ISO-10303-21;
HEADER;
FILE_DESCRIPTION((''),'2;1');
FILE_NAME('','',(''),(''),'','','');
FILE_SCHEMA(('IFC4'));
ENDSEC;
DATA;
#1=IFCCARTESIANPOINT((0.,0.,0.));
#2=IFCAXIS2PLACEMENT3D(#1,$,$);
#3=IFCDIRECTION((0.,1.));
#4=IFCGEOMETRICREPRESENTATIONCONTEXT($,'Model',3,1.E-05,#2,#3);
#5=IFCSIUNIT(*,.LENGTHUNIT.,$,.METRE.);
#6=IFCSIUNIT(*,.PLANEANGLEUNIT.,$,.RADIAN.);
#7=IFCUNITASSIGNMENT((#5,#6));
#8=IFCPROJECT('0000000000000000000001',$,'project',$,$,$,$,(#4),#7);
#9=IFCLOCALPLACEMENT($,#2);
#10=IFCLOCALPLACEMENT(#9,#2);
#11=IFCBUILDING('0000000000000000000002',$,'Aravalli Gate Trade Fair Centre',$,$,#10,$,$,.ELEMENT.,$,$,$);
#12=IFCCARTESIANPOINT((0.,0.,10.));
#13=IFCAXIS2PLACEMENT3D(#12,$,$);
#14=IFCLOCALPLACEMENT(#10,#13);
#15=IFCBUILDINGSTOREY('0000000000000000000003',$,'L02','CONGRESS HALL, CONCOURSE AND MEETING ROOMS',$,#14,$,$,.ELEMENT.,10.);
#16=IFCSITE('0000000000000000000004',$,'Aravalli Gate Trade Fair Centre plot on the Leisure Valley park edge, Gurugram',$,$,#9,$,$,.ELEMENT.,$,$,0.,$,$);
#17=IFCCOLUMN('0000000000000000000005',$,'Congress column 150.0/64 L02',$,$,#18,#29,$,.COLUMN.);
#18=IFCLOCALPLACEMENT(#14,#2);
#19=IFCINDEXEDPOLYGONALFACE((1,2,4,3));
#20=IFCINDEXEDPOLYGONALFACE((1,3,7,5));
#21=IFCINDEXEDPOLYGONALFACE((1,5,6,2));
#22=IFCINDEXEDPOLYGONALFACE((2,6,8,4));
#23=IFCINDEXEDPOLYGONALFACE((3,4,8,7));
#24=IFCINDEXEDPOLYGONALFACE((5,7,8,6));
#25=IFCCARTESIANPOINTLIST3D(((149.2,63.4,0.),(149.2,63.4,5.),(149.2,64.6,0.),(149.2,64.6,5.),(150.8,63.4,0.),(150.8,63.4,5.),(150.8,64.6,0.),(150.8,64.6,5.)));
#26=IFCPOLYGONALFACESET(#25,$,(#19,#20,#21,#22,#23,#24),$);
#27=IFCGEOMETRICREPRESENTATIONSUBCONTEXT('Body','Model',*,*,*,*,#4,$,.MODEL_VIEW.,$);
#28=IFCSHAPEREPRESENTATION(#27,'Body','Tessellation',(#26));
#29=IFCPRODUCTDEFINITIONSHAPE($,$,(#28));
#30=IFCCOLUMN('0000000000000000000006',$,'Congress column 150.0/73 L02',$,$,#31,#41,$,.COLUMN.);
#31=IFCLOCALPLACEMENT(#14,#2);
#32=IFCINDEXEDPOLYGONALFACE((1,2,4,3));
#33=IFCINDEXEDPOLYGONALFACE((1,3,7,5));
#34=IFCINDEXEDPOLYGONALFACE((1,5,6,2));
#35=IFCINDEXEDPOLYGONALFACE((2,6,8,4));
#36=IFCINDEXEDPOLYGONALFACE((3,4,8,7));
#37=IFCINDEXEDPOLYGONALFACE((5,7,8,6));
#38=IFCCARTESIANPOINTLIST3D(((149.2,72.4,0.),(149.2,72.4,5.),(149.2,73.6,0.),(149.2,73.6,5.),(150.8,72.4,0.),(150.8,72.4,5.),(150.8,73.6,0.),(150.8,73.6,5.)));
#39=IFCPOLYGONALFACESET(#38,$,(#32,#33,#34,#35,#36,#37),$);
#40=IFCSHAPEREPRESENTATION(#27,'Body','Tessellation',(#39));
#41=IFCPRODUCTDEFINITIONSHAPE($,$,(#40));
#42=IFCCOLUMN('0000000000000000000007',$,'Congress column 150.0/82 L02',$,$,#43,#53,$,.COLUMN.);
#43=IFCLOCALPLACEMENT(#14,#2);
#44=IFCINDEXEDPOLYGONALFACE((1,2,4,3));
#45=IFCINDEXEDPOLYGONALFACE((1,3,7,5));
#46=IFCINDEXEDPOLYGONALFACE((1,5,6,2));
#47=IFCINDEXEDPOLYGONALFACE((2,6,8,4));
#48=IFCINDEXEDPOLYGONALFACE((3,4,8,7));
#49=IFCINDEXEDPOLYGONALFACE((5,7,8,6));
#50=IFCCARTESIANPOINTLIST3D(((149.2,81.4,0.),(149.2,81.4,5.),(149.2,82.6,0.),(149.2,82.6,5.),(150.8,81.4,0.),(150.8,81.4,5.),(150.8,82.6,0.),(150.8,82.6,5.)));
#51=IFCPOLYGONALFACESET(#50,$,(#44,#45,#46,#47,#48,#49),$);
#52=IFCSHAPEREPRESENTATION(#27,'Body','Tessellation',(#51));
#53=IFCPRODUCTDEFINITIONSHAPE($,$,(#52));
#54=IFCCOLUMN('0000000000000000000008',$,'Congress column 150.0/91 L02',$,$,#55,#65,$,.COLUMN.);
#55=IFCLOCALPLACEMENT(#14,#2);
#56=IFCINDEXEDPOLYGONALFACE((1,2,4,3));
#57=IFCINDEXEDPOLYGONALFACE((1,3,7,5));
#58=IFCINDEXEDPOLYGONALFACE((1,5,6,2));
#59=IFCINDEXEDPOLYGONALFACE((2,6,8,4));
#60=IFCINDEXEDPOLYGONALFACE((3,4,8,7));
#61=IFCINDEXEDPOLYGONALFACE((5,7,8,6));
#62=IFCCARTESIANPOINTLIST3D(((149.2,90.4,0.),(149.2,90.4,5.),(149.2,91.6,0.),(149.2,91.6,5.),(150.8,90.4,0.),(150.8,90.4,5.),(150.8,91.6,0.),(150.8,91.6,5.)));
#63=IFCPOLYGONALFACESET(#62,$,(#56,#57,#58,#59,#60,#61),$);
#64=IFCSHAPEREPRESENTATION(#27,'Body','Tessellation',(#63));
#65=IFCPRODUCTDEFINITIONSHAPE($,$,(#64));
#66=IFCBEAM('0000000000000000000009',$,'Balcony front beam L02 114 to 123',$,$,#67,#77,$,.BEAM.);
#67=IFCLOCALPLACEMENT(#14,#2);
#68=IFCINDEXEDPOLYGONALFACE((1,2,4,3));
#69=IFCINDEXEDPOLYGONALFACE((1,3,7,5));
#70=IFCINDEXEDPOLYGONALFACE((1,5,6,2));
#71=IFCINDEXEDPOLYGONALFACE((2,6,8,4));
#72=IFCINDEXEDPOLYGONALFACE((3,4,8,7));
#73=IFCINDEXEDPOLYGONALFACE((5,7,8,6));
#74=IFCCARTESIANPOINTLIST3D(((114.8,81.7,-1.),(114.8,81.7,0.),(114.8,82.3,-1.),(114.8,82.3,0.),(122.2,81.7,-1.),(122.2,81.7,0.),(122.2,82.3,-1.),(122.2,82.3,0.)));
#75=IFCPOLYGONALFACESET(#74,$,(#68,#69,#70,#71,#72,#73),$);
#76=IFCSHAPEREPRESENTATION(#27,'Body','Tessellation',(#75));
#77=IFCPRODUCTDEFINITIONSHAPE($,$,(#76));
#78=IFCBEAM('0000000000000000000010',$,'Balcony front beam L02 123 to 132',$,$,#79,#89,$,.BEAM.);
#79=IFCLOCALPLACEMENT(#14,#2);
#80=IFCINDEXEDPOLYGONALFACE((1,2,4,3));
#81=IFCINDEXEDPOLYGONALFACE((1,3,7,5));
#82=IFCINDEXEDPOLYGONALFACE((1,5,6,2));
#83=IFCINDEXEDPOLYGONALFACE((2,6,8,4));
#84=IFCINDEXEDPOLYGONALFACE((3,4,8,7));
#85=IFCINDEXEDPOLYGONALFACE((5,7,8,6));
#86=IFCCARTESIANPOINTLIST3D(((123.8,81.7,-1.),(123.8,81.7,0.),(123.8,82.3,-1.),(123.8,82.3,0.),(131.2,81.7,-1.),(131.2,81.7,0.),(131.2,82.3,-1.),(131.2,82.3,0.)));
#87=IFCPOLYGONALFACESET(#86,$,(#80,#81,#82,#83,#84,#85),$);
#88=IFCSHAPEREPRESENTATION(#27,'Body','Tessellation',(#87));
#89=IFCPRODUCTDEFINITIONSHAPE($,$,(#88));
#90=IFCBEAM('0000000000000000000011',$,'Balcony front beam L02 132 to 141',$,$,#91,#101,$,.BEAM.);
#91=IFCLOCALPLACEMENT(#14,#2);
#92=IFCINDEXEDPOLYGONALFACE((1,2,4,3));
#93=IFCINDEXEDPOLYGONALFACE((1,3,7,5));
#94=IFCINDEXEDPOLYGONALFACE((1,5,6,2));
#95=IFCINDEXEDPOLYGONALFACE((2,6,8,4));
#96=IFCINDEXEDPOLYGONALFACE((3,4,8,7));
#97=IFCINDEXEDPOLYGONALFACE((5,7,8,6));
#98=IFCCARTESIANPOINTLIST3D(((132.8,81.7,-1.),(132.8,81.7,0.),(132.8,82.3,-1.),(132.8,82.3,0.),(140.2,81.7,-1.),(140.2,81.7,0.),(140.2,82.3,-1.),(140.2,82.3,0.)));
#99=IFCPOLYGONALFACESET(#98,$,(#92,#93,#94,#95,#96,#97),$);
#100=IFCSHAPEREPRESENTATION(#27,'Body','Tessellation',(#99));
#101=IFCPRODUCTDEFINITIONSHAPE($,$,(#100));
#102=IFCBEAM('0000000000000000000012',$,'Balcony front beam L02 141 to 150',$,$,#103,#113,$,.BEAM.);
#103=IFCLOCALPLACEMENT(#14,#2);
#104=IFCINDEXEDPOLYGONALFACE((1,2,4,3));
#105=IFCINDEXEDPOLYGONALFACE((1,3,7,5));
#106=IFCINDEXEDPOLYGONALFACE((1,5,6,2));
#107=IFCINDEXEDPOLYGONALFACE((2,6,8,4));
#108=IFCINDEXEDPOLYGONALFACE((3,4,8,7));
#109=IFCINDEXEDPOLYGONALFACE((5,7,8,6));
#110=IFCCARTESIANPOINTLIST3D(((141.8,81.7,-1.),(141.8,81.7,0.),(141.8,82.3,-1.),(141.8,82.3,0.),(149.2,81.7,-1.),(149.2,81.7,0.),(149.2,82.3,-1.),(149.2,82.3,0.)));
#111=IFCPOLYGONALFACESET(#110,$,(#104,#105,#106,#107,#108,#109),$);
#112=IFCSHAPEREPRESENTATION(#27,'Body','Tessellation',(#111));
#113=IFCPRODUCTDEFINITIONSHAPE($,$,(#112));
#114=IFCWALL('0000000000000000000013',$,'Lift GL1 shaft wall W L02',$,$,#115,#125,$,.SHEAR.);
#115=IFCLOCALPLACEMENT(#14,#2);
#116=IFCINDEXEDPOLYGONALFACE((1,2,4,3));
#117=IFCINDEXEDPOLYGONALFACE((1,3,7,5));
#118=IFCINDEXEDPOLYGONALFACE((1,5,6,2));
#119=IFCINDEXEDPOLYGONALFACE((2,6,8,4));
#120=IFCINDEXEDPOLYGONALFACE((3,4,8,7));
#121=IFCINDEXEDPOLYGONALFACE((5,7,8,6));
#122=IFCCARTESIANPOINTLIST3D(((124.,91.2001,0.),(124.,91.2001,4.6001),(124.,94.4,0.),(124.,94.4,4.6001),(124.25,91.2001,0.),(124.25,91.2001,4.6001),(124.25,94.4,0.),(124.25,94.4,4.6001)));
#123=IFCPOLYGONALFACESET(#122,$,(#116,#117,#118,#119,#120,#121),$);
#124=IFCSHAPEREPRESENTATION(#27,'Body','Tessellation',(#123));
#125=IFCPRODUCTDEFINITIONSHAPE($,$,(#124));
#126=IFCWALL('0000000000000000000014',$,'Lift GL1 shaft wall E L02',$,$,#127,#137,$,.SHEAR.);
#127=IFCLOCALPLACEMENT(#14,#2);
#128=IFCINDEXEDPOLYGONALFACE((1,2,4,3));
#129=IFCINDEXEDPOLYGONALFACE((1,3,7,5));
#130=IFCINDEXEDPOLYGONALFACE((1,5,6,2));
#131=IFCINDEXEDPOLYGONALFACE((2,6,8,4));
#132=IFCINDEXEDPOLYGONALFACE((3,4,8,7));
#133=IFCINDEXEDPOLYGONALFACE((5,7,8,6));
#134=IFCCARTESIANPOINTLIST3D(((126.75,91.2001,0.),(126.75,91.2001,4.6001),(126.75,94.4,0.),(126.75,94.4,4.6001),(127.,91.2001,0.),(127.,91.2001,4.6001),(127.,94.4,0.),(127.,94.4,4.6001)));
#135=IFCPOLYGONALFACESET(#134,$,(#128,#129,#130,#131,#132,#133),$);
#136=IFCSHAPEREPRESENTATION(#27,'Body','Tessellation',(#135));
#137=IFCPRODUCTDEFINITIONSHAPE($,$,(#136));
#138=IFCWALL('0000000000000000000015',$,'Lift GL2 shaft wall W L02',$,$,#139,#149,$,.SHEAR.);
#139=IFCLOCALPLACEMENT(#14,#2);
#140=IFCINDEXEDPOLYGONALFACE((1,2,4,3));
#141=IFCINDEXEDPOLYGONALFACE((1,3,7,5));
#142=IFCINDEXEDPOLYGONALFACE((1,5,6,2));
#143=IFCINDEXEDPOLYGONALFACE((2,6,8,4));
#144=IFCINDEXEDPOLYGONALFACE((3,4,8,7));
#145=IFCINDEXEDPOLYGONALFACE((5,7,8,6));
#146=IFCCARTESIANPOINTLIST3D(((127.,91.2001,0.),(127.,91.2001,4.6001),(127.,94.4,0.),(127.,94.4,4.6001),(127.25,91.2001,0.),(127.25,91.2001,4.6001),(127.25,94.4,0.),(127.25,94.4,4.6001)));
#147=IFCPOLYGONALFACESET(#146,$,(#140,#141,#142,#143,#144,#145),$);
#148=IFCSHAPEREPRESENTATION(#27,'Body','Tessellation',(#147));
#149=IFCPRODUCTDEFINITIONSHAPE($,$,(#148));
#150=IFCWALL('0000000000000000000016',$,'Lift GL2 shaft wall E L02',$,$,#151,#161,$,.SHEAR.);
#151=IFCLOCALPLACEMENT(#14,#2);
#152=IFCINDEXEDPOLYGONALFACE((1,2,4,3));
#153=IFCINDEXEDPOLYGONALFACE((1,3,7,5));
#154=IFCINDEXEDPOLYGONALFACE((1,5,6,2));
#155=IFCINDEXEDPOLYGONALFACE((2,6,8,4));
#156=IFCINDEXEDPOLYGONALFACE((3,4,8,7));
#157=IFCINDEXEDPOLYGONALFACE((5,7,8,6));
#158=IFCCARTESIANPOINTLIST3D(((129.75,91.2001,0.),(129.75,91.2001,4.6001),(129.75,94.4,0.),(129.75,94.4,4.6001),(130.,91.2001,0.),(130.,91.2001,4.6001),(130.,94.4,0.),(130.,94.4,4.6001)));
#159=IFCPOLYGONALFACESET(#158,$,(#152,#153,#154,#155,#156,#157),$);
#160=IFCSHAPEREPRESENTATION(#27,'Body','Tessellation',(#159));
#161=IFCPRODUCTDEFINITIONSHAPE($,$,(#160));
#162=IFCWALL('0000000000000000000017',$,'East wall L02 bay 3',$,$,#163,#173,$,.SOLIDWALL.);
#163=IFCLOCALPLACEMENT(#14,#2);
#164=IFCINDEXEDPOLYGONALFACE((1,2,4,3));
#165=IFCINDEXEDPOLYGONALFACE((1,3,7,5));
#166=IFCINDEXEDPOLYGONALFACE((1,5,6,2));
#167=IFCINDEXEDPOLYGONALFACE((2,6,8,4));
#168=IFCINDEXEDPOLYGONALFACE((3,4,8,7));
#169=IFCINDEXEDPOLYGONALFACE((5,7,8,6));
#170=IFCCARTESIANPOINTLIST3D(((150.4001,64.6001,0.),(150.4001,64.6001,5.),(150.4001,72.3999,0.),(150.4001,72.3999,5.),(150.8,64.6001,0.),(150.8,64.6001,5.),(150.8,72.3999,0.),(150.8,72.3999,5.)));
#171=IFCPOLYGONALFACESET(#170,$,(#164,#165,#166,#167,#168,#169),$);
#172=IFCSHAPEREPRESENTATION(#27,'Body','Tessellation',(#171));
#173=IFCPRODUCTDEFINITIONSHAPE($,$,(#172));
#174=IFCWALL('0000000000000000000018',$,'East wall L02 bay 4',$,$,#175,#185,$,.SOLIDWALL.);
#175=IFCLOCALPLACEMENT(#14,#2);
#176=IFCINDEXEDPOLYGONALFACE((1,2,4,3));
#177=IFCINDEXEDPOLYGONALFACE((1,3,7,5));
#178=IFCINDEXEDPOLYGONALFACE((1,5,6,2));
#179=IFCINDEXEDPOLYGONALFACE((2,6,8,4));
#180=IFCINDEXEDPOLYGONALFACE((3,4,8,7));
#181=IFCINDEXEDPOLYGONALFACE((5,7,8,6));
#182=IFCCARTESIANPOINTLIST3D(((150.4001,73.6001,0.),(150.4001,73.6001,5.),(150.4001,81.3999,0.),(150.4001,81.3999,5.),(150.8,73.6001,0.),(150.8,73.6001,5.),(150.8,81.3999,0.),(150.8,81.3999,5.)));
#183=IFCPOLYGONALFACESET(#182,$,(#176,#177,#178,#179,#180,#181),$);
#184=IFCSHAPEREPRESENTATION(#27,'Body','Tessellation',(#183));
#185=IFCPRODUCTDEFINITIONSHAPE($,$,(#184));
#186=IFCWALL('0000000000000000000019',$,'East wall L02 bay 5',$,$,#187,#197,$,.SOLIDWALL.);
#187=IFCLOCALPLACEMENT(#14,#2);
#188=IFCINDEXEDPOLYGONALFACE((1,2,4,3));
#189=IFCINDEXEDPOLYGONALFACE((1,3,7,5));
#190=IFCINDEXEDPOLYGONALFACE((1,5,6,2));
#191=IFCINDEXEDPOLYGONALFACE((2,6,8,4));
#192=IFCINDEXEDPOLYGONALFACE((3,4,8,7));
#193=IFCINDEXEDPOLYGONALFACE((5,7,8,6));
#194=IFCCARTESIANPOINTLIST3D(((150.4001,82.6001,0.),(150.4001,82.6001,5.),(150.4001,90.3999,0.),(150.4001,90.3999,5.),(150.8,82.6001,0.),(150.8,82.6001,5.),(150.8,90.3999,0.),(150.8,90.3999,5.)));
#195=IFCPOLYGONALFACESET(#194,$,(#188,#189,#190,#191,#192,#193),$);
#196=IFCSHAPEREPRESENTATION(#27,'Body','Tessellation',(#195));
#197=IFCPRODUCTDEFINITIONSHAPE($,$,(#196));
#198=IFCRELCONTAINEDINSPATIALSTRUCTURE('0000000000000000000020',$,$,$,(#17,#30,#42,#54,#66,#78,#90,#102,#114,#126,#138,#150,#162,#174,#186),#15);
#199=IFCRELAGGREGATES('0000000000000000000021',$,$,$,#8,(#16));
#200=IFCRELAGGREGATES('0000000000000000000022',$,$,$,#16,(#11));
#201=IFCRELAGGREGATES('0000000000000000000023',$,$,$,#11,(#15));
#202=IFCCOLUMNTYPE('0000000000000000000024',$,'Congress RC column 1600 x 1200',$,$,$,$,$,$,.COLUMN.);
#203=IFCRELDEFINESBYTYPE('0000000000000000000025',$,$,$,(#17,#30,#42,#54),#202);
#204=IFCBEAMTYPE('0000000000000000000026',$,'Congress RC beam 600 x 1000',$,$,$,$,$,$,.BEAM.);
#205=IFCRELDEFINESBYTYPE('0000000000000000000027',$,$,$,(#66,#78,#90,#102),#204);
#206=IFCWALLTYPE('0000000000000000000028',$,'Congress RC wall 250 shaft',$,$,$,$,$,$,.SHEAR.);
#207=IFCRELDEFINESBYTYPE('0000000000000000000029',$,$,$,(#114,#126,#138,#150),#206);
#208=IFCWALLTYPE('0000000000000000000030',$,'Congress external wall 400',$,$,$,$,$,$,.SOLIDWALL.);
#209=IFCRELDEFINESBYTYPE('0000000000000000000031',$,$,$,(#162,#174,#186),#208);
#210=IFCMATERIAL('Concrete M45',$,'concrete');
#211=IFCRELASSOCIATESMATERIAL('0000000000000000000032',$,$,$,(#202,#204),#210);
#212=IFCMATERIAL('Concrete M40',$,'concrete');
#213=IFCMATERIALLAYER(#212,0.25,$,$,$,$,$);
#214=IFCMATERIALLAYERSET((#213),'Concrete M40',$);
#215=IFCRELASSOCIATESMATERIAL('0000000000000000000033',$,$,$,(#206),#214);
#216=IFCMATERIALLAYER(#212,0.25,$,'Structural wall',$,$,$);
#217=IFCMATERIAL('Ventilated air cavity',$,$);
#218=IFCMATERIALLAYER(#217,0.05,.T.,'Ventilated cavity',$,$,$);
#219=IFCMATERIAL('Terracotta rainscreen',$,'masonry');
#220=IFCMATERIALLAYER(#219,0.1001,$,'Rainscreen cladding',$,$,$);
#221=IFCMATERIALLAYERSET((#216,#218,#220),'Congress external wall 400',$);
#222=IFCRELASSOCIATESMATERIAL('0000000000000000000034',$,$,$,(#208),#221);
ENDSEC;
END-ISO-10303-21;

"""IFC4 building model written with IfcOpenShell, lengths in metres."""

from ifc_helpers import new_model, si_unit, direction, frame, frame_2d, origin, origin_2d, place, context, subcontext, project, spatial, rectangle, extrude, material, layer, layer_set, material_profile, profile_set, type_object, element, save


model = new_model("IFC4")

# Units and contexts
model_context = context("Model", 3, precision=1e-05, world=origin(), true_north=direction((0.0, 1.0)))
body_context = subcontext(model_context, "Body", "Model", "MODEL_VIEW")
ifc_project = project(units=[si_unit("LENGTHUNIT", "METRE"), si_unit("PLANEANGLEUNIT", "RADIAN")], contexts=[model_context])

# Site, building, storey
site_placement = place(None, origin())
site = spatial("IfcSite", under=ifc_project, at=site_placement, Name="Aravalli Gate Trade Fair Centre plot on the Leisure Valley park edge, Gurugram", CompositionType="ELEMENT", RefElevation=0.0)
building_placement = place(site_placement, origin())
building = spatial("IfcBuilding", under=site, at=building_placement, Name="Aravalli Gate Trade Fair Centre", CompositionType="ELEMENT")
storey_placement = place(building_placement, frame((0.0, 0.0, 10.0)))
storey = spatial("IfcBuildingStorey", under=building, at=storey_placement, Name="L02", Description="CONGRESS HALL, CONCOURSE AND MEETING ROOMS", CompositionType="ELEMENT", Elevation=10.0)

# Columns
ifc_material_1 = material(Name="Concrete M45", Category="concrete")
ifc_material_profile_1 = material_profile(ifc_material_1, rectangle(XDim=1.6001, YDim=1.2, at=origin_2d()), Name="RC 1600x1200")
ifc_profile_set_1 = profile_set([ifc_material_profile_1], Name="Concrete M45")
column_type = type_object("IfcColumnType", Name="Congress RC column 1600 x 1200", PredefinedType="COLUMN", material=ifc_profile_set_1)
for number, where, z_axis, x_axis, name in (
    (1, (150.0, 64.0, 0.0), (0.0, 0.0, 1.0), (1.0, 0.0, 0.0), "Congress column 150.0/64 L02"),
    (2, (150.0, 73.0, 0.0), (0.0, 0.0, 1.0), (1.0, 0.0, 0.0), "Congress column 150.0/73 L02"),
    (3, (150.0, 82.0, 0.0), (0.0, 0.0, 1.0), (1.0, 0.0, 0.0), "Congress column 150.0/82 L02"),
    (4, (150.0, 91.0, 0.0), (0.0, 0.0, 1.0), (1.0, 0.0, 0.0), "Congress column 150.0/91 L02"),
):
    element("IfcColumn", number, at=place(storey_placement, frame(where, z_axis=z_axis, x_axis=x_axis)), inside=storey, type_object=column_type, Name=name, PredefinedType="COLUMN", context=body_context, shape_type="SweptSolid", body=[
        extrude(rectangle(XDim=1.6001, YDim=1.2, at=origin_2d()), origin(), (0.0, 0.0, 1.0), 5.0),
    ])

# Beams
ifc_material_profile_2 = material_profile(ifc_material_1, rectangle(XDim=0.6001, YDim=1.0, at=origin_2d()), Name="RC 600x1000")
ifc_profile_set_2 = profile_set([ifc_material_profile_2], Name="Concrete M45")
beam_type = type_object("IfcBeamType", Name="Congress RC beam 600 x 1000", PredefinedType="BEAM", material=ifc_profile_set_2)
for number, where, z_axis, x_axis, name in (
    (5, (114.8, 82.0, -0.5), (1.0, 0.0, 0.0), (0.0, 1.0, 0.0), "Balcony front beam L02 114 to 123"),
    (6, (123.8, 82.0, -0.5), (1.0, 0.0, 0.0), (0.0, 1.0, 0.0), "Balcony front beam L02 123 to 132"),
    (7, (132.8, 82.0, -0.5), (1.0, 0.0, 0.0), (0.0, 1.0, 0.0), "Balcony front beam L02 132 to 141"),
    (8, (141.8, 82.0, -0.5), (1.0, 0.0, 0.0), (0.0, 1.0, 0.0), "Balcony front beam L02 141 to 150"),
):
    element("IfcBeam", number, at=place(storey_placement, frame(where, z_axis=z_axis, x_axis=x_axis)), inside=storey, type_object=beam_type, Name=name, PredefinedType="BEAM", context=body_context, shape_type="SweptSolid", body=[
        extrude(rectangle(XDim=0.6001, YDim=1.0, at=origin_2d()), origin(), (0.0, 0.0, 1.0), 7.3999),
    ])

# Walls
ifc_material_2 = material(Name="Concrete M40", Category="concrete")
ifc_layer_1 = layer(ifc_material_2, 0.25)
ifc_layer_set_1 = layer_set([ifc_layer_1], Name="Concrete M40")
wall_type_1 = type_object("IfcWallType", Name="Congress RC wall 250 shaft", PredefinedType="SHEAR", material=ifc_layer_set_1)
for number, where, z_axis, x_axis, name in (
    (9, (124.125, 91.2, 0.0), (0.0, 0.0, 1.0), (0.0, 1.0, 0.0), "Lift GL1 shaft wall W L02"),
    (10, (126.875, 91.2, 0.0), (0.0, 0.0, 1.0), (0.0, 1.0, 0.0), "Lift GL1 shaft wall E L02"),
    (11, (127.125, 91.2, 0.0), (0.0, 0.0, 1.0), (0.0, 1.0, 0.0), "Lift GL2 shaft wall W L02"),
    (12, (129.875, 91.2, 0.0), (0.0, 0.0, 1.0), (0.0, 1.0, 0.0), "Lift GL2 shaft wall E L02"),
):
    element("IfcWall", number, at=place(storey_placement, frame(where, z_axis=z_axis, x_axis=x_axis)), inside=storey, type_object=wall_type_1, Name=name, PredefinedType="SHEAR", context=body_context, shape_type="SweptSolid", body=[
        extrude(rectangle(XDim=3.2, YDim=0.25, at=frame_2d((1.6001, 0.0))), origin(), (0.0, 0.0, 1.0), 4.6001),
    ])
ifc_layer_2 = layer(ifc_material_2, 0.25, Name="Structural wall")
ifc_material_3 = material(Name="Ventilated air cavity")
ifc_layer_3 = layer(ifc_material_3, 0.05, ventilated=True, Name="Ventilated cavity")
ifc_material_4 = material(Name="Terracotta rainscreen", Category="masonry")
ifc_layer_4 = layer(ifc_material_4, 0.1001, Name="Rainscreen cladding")
ifc_layer_set_2 = layer_set([ifc_layer_2, ifc_layer_3, ifc_layer_4], Name="Congress external wall 400")
wall_type_2 = type_object("IfcWallType", Name="Congress external wall 400", PredefinedType="SOLIDWALL", material=ifc_layer_set_2)
for number, where, z_axis, x_axis, name in (
    (13, (150.6001, 64.6001, 0.0), (0.0, 0.0, 1.0), (0.0, 1.0, 0.0), "East wall L02 bay 3"),
    (14, (150.6001, 73.6001, 0.0), (0.0, 0.0, 1.0), (0.0, 1.0, 0.0), "East wall L02 bay 4"),
    (15, (150.6001, 82.6001, 0.0), (0.0, 0.0, 1.0), (0.0, 1.0, 0.0), "East wall L02 bay 5"),
):
    element("IfcWall", number, at=place(storey_placement, frame(where, z_axis=z_axis, x_axis=x_axis)), inside=storey, type_object=wall_type_2, Name=name, PredefinedType="SOLIDWALL", context=body_context, shape_type="SweptSolid", body=[
        extrude(rectangle(XDim=7.7998, YDim=0.3999, at=frame_2d((3.8999, 0.0))), origin(), (0.0, 0.0, 1.0), 5.0),
    ])

save(model, "model.ifc")
